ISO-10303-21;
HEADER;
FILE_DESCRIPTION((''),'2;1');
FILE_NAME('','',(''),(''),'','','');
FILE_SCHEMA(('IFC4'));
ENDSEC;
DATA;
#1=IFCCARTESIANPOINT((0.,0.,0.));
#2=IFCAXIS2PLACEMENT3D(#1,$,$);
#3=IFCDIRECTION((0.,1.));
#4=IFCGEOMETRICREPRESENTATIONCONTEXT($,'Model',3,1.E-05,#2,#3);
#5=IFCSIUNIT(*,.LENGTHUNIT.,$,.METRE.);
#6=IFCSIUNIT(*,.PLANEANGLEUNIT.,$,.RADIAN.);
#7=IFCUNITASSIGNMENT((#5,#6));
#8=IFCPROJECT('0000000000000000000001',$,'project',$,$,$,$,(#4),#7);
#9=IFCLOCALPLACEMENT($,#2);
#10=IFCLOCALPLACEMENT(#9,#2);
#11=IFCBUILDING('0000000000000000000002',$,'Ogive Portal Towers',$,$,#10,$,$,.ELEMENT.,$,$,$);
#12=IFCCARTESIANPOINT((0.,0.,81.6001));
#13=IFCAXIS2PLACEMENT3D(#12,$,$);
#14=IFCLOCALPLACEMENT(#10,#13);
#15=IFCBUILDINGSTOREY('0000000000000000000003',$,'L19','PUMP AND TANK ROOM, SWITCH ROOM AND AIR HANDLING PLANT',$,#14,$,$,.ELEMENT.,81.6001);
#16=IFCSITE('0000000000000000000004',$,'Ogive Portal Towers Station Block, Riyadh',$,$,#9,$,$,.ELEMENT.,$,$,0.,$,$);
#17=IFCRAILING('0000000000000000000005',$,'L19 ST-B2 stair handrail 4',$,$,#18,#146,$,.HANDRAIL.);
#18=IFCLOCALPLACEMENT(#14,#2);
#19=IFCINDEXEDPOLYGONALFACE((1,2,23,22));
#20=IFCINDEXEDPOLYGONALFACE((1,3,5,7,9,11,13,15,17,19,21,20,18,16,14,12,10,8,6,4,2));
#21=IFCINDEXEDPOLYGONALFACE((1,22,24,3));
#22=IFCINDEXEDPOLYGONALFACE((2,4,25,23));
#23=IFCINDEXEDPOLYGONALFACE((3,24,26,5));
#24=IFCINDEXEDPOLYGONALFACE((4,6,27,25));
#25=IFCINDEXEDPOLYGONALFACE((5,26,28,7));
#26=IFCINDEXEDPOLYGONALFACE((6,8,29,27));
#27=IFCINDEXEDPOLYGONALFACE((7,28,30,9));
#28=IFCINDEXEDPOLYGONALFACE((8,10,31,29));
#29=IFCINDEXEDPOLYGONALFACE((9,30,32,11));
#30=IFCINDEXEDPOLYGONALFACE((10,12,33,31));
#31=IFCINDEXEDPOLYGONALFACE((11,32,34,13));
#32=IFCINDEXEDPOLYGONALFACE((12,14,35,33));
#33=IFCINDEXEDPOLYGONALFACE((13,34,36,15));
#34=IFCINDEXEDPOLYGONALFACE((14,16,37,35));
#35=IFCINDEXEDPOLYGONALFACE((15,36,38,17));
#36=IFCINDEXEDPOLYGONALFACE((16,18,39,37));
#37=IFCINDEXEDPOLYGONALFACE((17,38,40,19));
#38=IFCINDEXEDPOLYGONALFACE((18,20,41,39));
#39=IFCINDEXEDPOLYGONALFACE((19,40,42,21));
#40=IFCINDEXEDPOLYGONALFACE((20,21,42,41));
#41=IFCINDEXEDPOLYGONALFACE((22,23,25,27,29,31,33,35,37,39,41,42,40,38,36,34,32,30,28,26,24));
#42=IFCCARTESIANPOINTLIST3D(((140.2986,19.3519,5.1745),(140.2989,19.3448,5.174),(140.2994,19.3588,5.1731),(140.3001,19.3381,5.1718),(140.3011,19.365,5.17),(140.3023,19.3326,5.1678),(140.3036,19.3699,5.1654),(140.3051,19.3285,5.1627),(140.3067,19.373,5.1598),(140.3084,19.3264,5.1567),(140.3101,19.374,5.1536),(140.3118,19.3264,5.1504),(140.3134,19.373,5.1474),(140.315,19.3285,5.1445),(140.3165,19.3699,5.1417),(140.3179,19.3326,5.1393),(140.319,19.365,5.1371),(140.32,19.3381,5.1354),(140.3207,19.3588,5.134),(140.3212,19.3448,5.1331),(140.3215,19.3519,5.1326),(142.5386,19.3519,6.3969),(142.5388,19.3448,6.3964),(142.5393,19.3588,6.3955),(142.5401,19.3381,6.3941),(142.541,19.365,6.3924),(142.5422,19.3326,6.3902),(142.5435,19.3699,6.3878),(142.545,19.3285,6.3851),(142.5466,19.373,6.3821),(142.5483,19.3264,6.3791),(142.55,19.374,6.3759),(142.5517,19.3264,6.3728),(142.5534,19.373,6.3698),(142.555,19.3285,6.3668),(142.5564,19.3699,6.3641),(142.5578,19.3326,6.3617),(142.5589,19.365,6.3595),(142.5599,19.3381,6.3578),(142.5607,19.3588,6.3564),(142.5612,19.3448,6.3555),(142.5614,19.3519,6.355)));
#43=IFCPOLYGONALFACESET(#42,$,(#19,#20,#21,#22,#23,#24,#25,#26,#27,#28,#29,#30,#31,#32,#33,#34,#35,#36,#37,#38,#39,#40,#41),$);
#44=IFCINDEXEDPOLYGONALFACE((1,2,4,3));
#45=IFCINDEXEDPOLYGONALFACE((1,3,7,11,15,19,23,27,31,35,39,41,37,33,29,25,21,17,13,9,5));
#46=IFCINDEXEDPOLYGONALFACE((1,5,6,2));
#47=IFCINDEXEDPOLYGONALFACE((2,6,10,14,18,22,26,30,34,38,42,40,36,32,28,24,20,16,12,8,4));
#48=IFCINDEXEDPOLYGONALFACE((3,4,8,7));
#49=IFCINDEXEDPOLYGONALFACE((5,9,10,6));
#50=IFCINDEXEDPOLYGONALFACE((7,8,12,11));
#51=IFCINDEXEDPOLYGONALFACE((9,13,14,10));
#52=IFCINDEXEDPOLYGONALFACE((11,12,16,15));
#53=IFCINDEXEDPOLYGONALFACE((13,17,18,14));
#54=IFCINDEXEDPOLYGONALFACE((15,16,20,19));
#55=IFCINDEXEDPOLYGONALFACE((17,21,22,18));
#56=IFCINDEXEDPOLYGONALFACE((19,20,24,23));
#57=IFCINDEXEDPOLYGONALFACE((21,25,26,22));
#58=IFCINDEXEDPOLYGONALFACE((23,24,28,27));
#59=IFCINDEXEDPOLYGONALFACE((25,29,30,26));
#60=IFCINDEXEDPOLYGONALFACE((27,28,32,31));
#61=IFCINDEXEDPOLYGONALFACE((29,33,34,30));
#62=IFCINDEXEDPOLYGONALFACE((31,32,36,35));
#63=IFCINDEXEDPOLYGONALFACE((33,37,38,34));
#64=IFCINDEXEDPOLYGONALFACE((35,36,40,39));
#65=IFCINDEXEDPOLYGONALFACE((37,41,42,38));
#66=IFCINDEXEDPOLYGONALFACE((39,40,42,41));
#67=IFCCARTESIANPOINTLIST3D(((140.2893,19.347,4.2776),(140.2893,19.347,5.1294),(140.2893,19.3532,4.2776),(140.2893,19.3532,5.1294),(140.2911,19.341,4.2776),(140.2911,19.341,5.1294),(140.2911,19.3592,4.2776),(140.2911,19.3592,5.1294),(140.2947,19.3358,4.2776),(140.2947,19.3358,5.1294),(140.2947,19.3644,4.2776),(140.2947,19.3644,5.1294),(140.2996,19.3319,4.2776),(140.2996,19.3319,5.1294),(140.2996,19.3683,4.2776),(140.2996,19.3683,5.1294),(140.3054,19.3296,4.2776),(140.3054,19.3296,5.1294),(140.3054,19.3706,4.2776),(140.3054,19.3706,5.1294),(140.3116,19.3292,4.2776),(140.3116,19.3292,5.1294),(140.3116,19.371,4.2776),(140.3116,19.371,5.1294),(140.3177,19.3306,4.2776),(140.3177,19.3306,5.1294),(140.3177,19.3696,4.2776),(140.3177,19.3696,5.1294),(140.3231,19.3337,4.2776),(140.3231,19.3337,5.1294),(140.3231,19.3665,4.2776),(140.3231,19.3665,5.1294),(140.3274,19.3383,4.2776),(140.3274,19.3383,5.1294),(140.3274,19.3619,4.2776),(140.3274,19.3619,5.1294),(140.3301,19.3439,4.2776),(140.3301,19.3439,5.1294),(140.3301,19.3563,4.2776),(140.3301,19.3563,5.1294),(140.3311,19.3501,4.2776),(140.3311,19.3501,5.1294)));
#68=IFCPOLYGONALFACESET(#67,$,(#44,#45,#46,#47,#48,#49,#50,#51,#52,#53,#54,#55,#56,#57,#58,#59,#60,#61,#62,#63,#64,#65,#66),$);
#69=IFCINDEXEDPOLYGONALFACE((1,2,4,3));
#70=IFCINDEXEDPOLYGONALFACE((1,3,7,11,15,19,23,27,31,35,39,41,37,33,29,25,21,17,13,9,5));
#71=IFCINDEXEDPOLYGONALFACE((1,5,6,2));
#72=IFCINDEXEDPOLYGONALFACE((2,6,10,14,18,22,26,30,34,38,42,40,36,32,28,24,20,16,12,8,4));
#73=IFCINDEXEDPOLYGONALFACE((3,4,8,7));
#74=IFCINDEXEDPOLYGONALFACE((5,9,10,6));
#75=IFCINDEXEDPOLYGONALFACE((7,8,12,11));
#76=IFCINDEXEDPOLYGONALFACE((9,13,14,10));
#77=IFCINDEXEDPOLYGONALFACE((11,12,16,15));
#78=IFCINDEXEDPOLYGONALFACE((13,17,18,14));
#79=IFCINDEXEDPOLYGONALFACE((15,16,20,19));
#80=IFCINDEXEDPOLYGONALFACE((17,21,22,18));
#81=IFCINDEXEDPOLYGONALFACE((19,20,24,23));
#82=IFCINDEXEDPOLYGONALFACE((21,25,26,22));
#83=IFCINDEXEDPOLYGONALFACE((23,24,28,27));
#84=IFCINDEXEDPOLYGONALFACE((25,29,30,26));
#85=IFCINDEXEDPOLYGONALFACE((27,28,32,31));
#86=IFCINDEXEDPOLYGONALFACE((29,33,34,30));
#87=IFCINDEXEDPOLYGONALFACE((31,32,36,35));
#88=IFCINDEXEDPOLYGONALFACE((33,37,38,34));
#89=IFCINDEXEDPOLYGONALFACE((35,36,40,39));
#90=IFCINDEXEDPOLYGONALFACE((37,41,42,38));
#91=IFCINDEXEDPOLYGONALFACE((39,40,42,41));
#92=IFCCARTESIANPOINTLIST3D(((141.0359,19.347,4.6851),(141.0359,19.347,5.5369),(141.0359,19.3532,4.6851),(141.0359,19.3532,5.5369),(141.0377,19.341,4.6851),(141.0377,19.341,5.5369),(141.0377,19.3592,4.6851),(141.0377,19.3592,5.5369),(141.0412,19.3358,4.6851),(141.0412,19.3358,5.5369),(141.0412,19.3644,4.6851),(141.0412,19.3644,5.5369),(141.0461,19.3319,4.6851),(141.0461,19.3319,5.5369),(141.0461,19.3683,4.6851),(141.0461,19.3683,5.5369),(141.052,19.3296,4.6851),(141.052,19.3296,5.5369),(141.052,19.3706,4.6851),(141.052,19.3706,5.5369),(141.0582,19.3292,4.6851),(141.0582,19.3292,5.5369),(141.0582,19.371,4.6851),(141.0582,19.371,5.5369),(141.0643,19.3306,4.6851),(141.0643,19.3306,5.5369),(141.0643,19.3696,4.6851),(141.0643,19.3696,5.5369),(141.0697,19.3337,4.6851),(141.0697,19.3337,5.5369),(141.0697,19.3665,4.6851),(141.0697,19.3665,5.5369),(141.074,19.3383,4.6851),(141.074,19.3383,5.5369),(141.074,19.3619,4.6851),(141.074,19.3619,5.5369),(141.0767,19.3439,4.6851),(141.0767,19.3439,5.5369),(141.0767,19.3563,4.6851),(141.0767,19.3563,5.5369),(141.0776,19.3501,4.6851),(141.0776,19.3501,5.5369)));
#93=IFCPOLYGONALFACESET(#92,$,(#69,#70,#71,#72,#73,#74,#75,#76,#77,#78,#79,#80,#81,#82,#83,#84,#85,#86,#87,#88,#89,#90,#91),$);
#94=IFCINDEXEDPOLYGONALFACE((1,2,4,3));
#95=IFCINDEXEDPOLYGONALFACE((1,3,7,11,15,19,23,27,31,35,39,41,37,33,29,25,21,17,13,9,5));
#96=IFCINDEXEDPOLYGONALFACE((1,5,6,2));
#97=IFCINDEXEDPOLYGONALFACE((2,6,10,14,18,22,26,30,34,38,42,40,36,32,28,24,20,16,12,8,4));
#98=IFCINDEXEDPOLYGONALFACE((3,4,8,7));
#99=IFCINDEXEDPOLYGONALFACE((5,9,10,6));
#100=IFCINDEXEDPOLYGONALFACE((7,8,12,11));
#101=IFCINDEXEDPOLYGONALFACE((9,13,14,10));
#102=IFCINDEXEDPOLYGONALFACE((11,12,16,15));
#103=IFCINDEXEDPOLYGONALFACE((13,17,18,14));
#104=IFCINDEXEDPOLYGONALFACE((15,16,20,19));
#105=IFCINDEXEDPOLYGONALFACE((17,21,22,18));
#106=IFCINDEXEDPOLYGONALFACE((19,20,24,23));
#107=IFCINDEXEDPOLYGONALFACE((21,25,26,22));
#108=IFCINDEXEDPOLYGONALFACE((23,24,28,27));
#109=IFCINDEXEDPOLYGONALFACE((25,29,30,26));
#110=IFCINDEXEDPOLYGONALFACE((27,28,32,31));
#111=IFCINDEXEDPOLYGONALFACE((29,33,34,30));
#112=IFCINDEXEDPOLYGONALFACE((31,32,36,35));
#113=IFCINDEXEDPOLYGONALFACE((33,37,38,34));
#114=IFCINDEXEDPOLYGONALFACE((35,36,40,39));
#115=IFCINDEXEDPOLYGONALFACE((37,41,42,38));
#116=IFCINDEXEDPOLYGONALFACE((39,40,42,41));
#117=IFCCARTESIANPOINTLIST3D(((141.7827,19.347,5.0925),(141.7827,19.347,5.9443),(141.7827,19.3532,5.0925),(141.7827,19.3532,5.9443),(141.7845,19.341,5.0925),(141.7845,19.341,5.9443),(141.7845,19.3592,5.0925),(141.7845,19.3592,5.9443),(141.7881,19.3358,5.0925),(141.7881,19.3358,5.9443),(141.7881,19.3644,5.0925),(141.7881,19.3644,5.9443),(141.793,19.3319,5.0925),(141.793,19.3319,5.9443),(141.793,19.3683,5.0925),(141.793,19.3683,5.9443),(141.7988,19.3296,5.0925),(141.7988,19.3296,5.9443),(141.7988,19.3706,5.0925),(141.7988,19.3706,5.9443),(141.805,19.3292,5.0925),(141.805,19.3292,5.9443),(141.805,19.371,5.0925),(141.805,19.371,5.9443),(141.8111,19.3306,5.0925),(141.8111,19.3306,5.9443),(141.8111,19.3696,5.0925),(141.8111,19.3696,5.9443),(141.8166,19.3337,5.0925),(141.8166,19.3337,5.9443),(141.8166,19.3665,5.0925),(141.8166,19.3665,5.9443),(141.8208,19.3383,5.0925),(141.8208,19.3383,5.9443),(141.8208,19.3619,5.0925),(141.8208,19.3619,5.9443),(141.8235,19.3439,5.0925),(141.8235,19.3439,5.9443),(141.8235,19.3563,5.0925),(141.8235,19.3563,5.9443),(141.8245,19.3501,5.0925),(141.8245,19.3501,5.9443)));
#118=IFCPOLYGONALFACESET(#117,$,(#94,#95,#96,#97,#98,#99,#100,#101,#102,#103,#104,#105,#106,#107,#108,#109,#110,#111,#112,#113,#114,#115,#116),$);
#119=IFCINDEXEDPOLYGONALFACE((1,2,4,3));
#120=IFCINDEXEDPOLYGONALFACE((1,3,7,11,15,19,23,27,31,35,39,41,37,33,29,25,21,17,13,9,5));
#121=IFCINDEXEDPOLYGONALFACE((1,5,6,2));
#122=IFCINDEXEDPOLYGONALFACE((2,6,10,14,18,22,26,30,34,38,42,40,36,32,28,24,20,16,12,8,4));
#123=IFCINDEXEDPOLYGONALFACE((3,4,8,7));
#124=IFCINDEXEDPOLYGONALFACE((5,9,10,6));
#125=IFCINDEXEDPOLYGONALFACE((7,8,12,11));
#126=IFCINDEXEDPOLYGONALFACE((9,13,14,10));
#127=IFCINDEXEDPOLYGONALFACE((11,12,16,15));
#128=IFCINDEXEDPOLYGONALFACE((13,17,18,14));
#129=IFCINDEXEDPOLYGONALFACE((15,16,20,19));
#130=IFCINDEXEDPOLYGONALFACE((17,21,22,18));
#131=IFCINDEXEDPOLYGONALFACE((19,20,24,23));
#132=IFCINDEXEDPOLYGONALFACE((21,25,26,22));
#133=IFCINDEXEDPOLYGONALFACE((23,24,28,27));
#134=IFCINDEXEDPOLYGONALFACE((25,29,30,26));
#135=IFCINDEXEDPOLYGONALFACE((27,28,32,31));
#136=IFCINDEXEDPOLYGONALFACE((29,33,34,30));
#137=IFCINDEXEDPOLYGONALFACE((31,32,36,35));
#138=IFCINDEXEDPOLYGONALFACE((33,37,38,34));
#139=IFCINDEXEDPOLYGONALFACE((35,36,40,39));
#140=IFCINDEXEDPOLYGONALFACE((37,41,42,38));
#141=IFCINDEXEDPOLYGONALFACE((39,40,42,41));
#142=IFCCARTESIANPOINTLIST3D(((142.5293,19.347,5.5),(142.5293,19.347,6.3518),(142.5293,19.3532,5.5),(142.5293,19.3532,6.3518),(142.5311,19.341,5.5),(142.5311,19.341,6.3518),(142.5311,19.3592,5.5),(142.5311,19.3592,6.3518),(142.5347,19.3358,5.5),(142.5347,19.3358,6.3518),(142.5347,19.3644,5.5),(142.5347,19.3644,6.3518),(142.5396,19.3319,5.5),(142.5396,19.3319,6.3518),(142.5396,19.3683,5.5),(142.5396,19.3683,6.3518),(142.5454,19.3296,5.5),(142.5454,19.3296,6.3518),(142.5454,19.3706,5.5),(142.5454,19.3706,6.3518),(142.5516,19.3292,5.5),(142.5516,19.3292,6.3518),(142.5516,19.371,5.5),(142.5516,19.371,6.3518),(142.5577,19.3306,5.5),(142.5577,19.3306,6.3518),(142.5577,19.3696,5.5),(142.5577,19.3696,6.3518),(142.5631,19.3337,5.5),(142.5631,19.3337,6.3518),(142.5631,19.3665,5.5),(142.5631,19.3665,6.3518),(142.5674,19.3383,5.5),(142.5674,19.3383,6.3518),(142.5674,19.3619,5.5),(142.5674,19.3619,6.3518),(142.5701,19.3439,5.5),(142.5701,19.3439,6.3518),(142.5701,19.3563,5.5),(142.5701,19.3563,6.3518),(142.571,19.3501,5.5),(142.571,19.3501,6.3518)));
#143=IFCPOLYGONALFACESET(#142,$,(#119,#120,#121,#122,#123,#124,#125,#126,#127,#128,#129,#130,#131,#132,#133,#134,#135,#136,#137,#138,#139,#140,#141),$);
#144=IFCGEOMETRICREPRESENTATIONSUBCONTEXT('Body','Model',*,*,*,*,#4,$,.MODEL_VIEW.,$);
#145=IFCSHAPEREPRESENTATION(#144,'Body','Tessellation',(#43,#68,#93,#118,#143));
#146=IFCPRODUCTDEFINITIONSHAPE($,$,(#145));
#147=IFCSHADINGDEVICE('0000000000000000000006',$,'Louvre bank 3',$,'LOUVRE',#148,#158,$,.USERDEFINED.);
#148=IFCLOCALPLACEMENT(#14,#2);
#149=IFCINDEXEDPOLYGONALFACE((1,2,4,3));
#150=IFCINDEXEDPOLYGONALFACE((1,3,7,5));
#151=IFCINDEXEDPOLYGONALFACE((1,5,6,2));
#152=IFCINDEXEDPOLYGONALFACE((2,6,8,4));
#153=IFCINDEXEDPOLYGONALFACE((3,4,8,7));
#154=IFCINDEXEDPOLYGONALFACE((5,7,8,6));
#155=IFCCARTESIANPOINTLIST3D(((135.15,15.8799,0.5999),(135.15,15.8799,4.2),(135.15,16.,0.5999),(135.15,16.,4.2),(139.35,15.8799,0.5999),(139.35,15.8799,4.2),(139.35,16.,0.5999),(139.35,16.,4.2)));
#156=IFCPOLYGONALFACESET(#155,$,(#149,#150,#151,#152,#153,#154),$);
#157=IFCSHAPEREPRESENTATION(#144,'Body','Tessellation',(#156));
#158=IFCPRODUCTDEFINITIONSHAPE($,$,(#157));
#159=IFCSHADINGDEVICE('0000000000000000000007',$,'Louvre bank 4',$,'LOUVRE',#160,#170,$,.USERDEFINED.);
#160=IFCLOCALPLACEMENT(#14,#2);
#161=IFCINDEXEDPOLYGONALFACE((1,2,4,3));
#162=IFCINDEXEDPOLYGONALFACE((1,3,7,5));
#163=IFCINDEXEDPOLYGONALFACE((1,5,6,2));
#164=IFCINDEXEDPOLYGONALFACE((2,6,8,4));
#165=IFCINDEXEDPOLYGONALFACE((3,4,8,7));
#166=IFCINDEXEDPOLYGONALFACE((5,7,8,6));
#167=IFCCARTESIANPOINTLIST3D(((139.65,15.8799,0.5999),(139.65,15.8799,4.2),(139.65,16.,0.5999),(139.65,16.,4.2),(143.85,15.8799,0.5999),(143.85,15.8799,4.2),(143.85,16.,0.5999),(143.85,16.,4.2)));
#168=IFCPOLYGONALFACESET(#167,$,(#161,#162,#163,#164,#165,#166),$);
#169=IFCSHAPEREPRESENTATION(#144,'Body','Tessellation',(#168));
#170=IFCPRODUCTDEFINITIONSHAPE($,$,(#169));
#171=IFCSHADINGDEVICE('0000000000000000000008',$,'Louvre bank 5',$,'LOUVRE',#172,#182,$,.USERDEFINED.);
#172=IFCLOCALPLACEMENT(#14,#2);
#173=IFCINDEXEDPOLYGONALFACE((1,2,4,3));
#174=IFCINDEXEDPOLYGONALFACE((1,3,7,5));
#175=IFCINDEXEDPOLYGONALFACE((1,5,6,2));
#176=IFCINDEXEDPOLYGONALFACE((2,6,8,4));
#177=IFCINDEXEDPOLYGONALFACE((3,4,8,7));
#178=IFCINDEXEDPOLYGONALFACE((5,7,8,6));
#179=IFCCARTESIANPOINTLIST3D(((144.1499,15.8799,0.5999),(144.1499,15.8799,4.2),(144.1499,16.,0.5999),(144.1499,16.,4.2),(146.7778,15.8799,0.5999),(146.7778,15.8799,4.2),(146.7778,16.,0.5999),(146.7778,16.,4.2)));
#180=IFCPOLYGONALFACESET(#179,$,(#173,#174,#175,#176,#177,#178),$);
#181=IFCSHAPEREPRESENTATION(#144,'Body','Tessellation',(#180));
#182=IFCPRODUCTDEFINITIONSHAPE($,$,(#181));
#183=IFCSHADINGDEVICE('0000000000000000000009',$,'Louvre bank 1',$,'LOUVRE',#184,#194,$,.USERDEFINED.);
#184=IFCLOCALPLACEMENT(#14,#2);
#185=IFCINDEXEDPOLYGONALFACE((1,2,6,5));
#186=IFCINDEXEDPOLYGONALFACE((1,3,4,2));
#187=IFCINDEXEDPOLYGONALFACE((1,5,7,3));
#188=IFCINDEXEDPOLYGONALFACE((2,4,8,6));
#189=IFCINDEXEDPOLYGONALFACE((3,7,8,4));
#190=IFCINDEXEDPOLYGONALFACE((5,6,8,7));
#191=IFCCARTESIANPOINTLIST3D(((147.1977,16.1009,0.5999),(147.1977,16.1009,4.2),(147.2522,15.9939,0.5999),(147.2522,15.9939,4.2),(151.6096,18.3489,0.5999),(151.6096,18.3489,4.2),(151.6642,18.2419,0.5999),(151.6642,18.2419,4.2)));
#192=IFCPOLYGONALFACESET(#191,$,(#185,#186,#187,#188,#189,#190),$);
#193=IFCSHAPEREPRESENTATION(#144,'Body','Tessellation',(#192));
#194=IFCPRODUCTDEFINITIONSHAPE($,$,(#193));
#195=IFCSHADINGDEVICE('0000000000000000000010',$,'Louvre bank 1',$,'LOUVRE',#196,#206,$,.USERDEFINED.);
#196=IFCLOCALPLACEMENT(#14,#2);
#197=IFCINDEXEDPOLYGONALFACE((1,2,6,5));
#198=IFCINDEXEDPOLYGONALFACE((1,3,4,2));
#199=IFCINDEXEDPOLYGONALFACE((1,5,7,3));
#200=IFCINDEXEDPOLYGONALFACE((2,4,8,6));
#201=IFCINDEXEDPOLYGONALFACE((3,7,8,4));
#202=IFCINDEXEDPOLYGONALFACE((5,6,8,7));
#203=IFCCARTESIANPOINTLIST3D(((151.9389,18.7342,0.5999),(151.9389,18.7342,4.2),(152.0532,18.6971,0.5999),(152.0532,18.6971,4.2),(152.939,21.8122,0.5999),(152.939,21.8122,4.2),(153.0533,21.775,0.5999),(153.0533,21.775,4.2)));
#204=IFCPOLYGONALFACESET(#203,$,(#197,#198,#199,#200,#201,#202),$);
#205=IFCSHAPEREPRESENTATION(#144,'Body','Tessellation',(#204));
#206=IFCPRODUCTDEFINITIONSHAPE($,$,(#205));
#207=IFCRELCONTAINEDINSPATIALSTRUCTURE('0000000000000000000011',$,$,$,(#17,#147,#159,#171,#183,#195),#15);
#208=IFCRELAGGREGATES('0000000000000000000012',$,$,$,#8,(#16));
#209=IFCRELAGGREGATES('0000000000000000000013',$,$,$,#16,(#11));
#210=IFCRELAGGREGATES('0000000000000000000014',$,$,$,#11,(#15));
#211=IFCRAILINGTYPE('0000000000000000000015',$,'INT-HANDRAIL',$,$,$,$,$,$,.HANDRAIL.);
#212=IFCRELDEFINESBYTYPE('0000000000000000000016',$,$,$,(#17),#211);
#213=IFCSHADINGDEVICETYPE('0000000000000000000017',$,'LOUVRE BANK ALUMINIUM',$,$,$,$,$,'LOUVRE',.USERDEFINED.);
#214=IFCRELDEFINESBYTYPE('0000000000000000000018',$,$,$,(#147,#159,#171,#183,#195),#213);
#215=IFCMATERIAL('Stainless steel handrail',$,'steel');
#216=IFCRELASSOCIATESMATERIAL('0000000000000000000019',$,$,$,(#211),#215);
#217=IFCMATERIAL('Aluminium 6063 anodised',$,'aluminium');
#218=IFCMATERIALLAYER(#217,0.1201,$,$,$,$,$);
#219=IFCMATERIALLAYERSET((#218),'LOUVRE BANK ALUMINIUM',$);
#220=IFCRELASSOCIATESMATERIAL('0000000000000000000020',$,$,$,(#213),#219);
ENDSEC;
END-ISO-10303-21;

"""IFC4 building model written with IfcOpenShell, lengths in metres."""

from ifc_helpers import new_model, si_unit, direction, frame, origin, origin_2d, place, context, subcontext, project, spatial, rectangle, circle, extrude, material, layer, layer_set, type_object, element, save


model = new_model("IFC4")

# Units and contexts
model_context = context("Model", 3, precision=1e-05, world=origin(), true_north=direction((0.0, 1.0)))
body_context = subcontext(model_context, "Body", "Model", "MODEL_VIEW")
ifc_project = project(units=[si_unit("LENGTHUNIT", "METRE"), si_unit("PLANEANGLEUNIT", "RADIAN")], contexts=[model_context])

# Site, building, storey
site_placement = place(None, origin())
site = spatial("IfcSite", under=ifc_project, at=site_placement, Name="Ogive Portal Towers Station Block, Riyadh", CompositionType="ELEMENT", RefElevation=0.0)
building_placement = place(site_placement, origin())
building = spatial("IfcBuilding", under=site, at=building_placement, Name="Ogive Portal Towers", CompositionType="ELEMENT")
storey_placement = place(building_placement, frame((0.0, 0.0, 81.6001)))
storey = spatial("IfcBuildingStorey", under=building, at=storey_placement, Name="L19", Description="PUMP AND TANK ROOM, SWITCH ROOM AND AIR HANDLING PLANT", CompositionType="ELEMENT", Elevation=81.6001)

# Railing
ifc_material_1 = material(Name="Stainless steel handrail", Category="steel")
railing_type_1 = type_object("IfcRailingType", Name="INT-HANDRAIL", PredefinedType="HANDRAIL", material=ifc_material_1)
railing_1_placement = place(storey_placement, frame((140.3101, 19.3501, 4.2776)))
element("IfcRailing", 1, at=railing_1_placement, inside=storey, type_object=railing_type_1, Name="L19 ST-B2 stair handrail 4", PredefinedType="HANDRAIL", context=body_context, shape_type="SweptSolid", body=[
    extrude(circle(Radius=0.0239, at=origin_2d()), frame((0.0, 0.0, 0.876), z_axis=(0.877797, 0.0, 0.479033), x_axis=(0.0, 1.0, 0.0)), (0.0, 0.0, 1.0), 2.5518),
    extrude(circle(Radius=0.021, at=origin_2d()), origin(), (0.0, 0.0, 1.0), 0.8518),
    extrude(circle(Radius=0.021, at=origin_2d()), frame((0.7466, 0.0, 0.4075)), (0.0, 0.0, 1.0), 0.8518),
    extrude(circle(Radius=0.021, at=origin_2d()), frame((1.4934, 0.0, 0.8149)), (0.0, 0.0, 1.0), 0.8518),
    extrude(circle(Radius=0.021, at=origin_2d()), frame((2.24, 0.0, 1.2224)), (0.0, 0.0, 1.0), 0.8518),
])

# Shading devices
ifc_material_2 = material(Name="Aluminium 6063 anodised", Category="aluminium")
ifc_layer_1 = layer(ifc_material_2, 0.1201)
ifc_layer_set_1 = layer_set([ifc_layer_1], Name="LOUVRE BANK ALUMINIUM")
shading_device_type = type_object("IfcShadingDeviceType", Name="LOUVRE BANK ALUMINIUM", ElementType="LOUVRE", PredefinedType="USERDEFINED", material=ifc_layer_set_1)
for number, where, z_axis, x_axis, name in (
    (2, (137.25, 15.9399, 0.5999), (0.0, 0.0, 1.0), (1.0, 0.0, 0.0), "Louvre bank 3"),
    (3, (141.75, 15.9399, 0.5999), (0.0, 0.0, 1.0), (1.0, 0.0, 0.0), "Louvre bank 4"),
):
    element("IfcShadingDevice", number, at=place(storey_placement, frame(where, z_axis=z_axis, x_axis=x_axis)), inside=storey, type_object=shading_device_type, Name=name, ObjectType="LOUVRE", PredefinedType="USERDEFINED", context=body_context, shape_type="SweptSolid", body=[
        extrude(rectangle(XDim=4.2, YDim=0.1201, at=origin_2d()), origin(), (0.0, 0.0, 1.0), 3.6001),
    ])
shading_device_1_placement = place(storey_placement, frame((145.4639, 15.9399, 0.5999), z_axis=(0.0, 0.0, 1.0), x_axis=(1.0, 0.0, 0.0)))
element("IfcShadingDevice", 4, at=shading_device_1_placement, inside=storey, type_object=shading_device_type, Name="Louvre bank 5", ObjectType="LOUVRE", PredefinedType="USERDEFINED", context=body_context, shape_type="SweptSolid", body=[
    extrude(rectangle(XDim=2.6279, YDim=0.1201, at=origin_2d()), origin(), (0.0, 0.0, 1.0), 3.6001),
])
shading_device_2_placement = place(storey_placement, frame((149.4309, 17.1714, 0.5999), z_axis=(0.0, 0.0, 1.0), x_axis=(0.891007, 0.45399, 0.0)))
element("IfcShadingDevice", 5, at=shading_device_2_placement, inside=storey, type_object=shading_device_type, Name="Louvre bank 1", ObjectType="LOUVRE", PredefinedType="USERDEFINED", context=body_context, shape_type="SweptSolid", body=[
    extrude(rectangle(XDim=4.9517, YDim=0.1201, at=origin_2d()), origin(), (0.0, 0.0, 1.0), 3.6001),
])
shading_device_3_placement = place(storey_placement, frame((152.4961, 20.2546, 0.5999), z_axis=(0.0, 0.0, 1.0), x_axis=(0.309017, 0.951057, 0.0)))
element("IfcShadingDevice", 6, at=shading_device_3_placement, inside=storey, type_object=shading_device_type, Name="Louvre bank 1", ObjectType="LOUVRE", PredefinedType="USERDEFINED", context=body_context, shape_type="SweptSolid", body=[
    extrude(rectangle(XDim=3.2363, YDim=0.1201, at=origin_2d()), origin(), (0.0, 0.0, 1.0), 3.6001),
])

save(model, "model.ifc")
